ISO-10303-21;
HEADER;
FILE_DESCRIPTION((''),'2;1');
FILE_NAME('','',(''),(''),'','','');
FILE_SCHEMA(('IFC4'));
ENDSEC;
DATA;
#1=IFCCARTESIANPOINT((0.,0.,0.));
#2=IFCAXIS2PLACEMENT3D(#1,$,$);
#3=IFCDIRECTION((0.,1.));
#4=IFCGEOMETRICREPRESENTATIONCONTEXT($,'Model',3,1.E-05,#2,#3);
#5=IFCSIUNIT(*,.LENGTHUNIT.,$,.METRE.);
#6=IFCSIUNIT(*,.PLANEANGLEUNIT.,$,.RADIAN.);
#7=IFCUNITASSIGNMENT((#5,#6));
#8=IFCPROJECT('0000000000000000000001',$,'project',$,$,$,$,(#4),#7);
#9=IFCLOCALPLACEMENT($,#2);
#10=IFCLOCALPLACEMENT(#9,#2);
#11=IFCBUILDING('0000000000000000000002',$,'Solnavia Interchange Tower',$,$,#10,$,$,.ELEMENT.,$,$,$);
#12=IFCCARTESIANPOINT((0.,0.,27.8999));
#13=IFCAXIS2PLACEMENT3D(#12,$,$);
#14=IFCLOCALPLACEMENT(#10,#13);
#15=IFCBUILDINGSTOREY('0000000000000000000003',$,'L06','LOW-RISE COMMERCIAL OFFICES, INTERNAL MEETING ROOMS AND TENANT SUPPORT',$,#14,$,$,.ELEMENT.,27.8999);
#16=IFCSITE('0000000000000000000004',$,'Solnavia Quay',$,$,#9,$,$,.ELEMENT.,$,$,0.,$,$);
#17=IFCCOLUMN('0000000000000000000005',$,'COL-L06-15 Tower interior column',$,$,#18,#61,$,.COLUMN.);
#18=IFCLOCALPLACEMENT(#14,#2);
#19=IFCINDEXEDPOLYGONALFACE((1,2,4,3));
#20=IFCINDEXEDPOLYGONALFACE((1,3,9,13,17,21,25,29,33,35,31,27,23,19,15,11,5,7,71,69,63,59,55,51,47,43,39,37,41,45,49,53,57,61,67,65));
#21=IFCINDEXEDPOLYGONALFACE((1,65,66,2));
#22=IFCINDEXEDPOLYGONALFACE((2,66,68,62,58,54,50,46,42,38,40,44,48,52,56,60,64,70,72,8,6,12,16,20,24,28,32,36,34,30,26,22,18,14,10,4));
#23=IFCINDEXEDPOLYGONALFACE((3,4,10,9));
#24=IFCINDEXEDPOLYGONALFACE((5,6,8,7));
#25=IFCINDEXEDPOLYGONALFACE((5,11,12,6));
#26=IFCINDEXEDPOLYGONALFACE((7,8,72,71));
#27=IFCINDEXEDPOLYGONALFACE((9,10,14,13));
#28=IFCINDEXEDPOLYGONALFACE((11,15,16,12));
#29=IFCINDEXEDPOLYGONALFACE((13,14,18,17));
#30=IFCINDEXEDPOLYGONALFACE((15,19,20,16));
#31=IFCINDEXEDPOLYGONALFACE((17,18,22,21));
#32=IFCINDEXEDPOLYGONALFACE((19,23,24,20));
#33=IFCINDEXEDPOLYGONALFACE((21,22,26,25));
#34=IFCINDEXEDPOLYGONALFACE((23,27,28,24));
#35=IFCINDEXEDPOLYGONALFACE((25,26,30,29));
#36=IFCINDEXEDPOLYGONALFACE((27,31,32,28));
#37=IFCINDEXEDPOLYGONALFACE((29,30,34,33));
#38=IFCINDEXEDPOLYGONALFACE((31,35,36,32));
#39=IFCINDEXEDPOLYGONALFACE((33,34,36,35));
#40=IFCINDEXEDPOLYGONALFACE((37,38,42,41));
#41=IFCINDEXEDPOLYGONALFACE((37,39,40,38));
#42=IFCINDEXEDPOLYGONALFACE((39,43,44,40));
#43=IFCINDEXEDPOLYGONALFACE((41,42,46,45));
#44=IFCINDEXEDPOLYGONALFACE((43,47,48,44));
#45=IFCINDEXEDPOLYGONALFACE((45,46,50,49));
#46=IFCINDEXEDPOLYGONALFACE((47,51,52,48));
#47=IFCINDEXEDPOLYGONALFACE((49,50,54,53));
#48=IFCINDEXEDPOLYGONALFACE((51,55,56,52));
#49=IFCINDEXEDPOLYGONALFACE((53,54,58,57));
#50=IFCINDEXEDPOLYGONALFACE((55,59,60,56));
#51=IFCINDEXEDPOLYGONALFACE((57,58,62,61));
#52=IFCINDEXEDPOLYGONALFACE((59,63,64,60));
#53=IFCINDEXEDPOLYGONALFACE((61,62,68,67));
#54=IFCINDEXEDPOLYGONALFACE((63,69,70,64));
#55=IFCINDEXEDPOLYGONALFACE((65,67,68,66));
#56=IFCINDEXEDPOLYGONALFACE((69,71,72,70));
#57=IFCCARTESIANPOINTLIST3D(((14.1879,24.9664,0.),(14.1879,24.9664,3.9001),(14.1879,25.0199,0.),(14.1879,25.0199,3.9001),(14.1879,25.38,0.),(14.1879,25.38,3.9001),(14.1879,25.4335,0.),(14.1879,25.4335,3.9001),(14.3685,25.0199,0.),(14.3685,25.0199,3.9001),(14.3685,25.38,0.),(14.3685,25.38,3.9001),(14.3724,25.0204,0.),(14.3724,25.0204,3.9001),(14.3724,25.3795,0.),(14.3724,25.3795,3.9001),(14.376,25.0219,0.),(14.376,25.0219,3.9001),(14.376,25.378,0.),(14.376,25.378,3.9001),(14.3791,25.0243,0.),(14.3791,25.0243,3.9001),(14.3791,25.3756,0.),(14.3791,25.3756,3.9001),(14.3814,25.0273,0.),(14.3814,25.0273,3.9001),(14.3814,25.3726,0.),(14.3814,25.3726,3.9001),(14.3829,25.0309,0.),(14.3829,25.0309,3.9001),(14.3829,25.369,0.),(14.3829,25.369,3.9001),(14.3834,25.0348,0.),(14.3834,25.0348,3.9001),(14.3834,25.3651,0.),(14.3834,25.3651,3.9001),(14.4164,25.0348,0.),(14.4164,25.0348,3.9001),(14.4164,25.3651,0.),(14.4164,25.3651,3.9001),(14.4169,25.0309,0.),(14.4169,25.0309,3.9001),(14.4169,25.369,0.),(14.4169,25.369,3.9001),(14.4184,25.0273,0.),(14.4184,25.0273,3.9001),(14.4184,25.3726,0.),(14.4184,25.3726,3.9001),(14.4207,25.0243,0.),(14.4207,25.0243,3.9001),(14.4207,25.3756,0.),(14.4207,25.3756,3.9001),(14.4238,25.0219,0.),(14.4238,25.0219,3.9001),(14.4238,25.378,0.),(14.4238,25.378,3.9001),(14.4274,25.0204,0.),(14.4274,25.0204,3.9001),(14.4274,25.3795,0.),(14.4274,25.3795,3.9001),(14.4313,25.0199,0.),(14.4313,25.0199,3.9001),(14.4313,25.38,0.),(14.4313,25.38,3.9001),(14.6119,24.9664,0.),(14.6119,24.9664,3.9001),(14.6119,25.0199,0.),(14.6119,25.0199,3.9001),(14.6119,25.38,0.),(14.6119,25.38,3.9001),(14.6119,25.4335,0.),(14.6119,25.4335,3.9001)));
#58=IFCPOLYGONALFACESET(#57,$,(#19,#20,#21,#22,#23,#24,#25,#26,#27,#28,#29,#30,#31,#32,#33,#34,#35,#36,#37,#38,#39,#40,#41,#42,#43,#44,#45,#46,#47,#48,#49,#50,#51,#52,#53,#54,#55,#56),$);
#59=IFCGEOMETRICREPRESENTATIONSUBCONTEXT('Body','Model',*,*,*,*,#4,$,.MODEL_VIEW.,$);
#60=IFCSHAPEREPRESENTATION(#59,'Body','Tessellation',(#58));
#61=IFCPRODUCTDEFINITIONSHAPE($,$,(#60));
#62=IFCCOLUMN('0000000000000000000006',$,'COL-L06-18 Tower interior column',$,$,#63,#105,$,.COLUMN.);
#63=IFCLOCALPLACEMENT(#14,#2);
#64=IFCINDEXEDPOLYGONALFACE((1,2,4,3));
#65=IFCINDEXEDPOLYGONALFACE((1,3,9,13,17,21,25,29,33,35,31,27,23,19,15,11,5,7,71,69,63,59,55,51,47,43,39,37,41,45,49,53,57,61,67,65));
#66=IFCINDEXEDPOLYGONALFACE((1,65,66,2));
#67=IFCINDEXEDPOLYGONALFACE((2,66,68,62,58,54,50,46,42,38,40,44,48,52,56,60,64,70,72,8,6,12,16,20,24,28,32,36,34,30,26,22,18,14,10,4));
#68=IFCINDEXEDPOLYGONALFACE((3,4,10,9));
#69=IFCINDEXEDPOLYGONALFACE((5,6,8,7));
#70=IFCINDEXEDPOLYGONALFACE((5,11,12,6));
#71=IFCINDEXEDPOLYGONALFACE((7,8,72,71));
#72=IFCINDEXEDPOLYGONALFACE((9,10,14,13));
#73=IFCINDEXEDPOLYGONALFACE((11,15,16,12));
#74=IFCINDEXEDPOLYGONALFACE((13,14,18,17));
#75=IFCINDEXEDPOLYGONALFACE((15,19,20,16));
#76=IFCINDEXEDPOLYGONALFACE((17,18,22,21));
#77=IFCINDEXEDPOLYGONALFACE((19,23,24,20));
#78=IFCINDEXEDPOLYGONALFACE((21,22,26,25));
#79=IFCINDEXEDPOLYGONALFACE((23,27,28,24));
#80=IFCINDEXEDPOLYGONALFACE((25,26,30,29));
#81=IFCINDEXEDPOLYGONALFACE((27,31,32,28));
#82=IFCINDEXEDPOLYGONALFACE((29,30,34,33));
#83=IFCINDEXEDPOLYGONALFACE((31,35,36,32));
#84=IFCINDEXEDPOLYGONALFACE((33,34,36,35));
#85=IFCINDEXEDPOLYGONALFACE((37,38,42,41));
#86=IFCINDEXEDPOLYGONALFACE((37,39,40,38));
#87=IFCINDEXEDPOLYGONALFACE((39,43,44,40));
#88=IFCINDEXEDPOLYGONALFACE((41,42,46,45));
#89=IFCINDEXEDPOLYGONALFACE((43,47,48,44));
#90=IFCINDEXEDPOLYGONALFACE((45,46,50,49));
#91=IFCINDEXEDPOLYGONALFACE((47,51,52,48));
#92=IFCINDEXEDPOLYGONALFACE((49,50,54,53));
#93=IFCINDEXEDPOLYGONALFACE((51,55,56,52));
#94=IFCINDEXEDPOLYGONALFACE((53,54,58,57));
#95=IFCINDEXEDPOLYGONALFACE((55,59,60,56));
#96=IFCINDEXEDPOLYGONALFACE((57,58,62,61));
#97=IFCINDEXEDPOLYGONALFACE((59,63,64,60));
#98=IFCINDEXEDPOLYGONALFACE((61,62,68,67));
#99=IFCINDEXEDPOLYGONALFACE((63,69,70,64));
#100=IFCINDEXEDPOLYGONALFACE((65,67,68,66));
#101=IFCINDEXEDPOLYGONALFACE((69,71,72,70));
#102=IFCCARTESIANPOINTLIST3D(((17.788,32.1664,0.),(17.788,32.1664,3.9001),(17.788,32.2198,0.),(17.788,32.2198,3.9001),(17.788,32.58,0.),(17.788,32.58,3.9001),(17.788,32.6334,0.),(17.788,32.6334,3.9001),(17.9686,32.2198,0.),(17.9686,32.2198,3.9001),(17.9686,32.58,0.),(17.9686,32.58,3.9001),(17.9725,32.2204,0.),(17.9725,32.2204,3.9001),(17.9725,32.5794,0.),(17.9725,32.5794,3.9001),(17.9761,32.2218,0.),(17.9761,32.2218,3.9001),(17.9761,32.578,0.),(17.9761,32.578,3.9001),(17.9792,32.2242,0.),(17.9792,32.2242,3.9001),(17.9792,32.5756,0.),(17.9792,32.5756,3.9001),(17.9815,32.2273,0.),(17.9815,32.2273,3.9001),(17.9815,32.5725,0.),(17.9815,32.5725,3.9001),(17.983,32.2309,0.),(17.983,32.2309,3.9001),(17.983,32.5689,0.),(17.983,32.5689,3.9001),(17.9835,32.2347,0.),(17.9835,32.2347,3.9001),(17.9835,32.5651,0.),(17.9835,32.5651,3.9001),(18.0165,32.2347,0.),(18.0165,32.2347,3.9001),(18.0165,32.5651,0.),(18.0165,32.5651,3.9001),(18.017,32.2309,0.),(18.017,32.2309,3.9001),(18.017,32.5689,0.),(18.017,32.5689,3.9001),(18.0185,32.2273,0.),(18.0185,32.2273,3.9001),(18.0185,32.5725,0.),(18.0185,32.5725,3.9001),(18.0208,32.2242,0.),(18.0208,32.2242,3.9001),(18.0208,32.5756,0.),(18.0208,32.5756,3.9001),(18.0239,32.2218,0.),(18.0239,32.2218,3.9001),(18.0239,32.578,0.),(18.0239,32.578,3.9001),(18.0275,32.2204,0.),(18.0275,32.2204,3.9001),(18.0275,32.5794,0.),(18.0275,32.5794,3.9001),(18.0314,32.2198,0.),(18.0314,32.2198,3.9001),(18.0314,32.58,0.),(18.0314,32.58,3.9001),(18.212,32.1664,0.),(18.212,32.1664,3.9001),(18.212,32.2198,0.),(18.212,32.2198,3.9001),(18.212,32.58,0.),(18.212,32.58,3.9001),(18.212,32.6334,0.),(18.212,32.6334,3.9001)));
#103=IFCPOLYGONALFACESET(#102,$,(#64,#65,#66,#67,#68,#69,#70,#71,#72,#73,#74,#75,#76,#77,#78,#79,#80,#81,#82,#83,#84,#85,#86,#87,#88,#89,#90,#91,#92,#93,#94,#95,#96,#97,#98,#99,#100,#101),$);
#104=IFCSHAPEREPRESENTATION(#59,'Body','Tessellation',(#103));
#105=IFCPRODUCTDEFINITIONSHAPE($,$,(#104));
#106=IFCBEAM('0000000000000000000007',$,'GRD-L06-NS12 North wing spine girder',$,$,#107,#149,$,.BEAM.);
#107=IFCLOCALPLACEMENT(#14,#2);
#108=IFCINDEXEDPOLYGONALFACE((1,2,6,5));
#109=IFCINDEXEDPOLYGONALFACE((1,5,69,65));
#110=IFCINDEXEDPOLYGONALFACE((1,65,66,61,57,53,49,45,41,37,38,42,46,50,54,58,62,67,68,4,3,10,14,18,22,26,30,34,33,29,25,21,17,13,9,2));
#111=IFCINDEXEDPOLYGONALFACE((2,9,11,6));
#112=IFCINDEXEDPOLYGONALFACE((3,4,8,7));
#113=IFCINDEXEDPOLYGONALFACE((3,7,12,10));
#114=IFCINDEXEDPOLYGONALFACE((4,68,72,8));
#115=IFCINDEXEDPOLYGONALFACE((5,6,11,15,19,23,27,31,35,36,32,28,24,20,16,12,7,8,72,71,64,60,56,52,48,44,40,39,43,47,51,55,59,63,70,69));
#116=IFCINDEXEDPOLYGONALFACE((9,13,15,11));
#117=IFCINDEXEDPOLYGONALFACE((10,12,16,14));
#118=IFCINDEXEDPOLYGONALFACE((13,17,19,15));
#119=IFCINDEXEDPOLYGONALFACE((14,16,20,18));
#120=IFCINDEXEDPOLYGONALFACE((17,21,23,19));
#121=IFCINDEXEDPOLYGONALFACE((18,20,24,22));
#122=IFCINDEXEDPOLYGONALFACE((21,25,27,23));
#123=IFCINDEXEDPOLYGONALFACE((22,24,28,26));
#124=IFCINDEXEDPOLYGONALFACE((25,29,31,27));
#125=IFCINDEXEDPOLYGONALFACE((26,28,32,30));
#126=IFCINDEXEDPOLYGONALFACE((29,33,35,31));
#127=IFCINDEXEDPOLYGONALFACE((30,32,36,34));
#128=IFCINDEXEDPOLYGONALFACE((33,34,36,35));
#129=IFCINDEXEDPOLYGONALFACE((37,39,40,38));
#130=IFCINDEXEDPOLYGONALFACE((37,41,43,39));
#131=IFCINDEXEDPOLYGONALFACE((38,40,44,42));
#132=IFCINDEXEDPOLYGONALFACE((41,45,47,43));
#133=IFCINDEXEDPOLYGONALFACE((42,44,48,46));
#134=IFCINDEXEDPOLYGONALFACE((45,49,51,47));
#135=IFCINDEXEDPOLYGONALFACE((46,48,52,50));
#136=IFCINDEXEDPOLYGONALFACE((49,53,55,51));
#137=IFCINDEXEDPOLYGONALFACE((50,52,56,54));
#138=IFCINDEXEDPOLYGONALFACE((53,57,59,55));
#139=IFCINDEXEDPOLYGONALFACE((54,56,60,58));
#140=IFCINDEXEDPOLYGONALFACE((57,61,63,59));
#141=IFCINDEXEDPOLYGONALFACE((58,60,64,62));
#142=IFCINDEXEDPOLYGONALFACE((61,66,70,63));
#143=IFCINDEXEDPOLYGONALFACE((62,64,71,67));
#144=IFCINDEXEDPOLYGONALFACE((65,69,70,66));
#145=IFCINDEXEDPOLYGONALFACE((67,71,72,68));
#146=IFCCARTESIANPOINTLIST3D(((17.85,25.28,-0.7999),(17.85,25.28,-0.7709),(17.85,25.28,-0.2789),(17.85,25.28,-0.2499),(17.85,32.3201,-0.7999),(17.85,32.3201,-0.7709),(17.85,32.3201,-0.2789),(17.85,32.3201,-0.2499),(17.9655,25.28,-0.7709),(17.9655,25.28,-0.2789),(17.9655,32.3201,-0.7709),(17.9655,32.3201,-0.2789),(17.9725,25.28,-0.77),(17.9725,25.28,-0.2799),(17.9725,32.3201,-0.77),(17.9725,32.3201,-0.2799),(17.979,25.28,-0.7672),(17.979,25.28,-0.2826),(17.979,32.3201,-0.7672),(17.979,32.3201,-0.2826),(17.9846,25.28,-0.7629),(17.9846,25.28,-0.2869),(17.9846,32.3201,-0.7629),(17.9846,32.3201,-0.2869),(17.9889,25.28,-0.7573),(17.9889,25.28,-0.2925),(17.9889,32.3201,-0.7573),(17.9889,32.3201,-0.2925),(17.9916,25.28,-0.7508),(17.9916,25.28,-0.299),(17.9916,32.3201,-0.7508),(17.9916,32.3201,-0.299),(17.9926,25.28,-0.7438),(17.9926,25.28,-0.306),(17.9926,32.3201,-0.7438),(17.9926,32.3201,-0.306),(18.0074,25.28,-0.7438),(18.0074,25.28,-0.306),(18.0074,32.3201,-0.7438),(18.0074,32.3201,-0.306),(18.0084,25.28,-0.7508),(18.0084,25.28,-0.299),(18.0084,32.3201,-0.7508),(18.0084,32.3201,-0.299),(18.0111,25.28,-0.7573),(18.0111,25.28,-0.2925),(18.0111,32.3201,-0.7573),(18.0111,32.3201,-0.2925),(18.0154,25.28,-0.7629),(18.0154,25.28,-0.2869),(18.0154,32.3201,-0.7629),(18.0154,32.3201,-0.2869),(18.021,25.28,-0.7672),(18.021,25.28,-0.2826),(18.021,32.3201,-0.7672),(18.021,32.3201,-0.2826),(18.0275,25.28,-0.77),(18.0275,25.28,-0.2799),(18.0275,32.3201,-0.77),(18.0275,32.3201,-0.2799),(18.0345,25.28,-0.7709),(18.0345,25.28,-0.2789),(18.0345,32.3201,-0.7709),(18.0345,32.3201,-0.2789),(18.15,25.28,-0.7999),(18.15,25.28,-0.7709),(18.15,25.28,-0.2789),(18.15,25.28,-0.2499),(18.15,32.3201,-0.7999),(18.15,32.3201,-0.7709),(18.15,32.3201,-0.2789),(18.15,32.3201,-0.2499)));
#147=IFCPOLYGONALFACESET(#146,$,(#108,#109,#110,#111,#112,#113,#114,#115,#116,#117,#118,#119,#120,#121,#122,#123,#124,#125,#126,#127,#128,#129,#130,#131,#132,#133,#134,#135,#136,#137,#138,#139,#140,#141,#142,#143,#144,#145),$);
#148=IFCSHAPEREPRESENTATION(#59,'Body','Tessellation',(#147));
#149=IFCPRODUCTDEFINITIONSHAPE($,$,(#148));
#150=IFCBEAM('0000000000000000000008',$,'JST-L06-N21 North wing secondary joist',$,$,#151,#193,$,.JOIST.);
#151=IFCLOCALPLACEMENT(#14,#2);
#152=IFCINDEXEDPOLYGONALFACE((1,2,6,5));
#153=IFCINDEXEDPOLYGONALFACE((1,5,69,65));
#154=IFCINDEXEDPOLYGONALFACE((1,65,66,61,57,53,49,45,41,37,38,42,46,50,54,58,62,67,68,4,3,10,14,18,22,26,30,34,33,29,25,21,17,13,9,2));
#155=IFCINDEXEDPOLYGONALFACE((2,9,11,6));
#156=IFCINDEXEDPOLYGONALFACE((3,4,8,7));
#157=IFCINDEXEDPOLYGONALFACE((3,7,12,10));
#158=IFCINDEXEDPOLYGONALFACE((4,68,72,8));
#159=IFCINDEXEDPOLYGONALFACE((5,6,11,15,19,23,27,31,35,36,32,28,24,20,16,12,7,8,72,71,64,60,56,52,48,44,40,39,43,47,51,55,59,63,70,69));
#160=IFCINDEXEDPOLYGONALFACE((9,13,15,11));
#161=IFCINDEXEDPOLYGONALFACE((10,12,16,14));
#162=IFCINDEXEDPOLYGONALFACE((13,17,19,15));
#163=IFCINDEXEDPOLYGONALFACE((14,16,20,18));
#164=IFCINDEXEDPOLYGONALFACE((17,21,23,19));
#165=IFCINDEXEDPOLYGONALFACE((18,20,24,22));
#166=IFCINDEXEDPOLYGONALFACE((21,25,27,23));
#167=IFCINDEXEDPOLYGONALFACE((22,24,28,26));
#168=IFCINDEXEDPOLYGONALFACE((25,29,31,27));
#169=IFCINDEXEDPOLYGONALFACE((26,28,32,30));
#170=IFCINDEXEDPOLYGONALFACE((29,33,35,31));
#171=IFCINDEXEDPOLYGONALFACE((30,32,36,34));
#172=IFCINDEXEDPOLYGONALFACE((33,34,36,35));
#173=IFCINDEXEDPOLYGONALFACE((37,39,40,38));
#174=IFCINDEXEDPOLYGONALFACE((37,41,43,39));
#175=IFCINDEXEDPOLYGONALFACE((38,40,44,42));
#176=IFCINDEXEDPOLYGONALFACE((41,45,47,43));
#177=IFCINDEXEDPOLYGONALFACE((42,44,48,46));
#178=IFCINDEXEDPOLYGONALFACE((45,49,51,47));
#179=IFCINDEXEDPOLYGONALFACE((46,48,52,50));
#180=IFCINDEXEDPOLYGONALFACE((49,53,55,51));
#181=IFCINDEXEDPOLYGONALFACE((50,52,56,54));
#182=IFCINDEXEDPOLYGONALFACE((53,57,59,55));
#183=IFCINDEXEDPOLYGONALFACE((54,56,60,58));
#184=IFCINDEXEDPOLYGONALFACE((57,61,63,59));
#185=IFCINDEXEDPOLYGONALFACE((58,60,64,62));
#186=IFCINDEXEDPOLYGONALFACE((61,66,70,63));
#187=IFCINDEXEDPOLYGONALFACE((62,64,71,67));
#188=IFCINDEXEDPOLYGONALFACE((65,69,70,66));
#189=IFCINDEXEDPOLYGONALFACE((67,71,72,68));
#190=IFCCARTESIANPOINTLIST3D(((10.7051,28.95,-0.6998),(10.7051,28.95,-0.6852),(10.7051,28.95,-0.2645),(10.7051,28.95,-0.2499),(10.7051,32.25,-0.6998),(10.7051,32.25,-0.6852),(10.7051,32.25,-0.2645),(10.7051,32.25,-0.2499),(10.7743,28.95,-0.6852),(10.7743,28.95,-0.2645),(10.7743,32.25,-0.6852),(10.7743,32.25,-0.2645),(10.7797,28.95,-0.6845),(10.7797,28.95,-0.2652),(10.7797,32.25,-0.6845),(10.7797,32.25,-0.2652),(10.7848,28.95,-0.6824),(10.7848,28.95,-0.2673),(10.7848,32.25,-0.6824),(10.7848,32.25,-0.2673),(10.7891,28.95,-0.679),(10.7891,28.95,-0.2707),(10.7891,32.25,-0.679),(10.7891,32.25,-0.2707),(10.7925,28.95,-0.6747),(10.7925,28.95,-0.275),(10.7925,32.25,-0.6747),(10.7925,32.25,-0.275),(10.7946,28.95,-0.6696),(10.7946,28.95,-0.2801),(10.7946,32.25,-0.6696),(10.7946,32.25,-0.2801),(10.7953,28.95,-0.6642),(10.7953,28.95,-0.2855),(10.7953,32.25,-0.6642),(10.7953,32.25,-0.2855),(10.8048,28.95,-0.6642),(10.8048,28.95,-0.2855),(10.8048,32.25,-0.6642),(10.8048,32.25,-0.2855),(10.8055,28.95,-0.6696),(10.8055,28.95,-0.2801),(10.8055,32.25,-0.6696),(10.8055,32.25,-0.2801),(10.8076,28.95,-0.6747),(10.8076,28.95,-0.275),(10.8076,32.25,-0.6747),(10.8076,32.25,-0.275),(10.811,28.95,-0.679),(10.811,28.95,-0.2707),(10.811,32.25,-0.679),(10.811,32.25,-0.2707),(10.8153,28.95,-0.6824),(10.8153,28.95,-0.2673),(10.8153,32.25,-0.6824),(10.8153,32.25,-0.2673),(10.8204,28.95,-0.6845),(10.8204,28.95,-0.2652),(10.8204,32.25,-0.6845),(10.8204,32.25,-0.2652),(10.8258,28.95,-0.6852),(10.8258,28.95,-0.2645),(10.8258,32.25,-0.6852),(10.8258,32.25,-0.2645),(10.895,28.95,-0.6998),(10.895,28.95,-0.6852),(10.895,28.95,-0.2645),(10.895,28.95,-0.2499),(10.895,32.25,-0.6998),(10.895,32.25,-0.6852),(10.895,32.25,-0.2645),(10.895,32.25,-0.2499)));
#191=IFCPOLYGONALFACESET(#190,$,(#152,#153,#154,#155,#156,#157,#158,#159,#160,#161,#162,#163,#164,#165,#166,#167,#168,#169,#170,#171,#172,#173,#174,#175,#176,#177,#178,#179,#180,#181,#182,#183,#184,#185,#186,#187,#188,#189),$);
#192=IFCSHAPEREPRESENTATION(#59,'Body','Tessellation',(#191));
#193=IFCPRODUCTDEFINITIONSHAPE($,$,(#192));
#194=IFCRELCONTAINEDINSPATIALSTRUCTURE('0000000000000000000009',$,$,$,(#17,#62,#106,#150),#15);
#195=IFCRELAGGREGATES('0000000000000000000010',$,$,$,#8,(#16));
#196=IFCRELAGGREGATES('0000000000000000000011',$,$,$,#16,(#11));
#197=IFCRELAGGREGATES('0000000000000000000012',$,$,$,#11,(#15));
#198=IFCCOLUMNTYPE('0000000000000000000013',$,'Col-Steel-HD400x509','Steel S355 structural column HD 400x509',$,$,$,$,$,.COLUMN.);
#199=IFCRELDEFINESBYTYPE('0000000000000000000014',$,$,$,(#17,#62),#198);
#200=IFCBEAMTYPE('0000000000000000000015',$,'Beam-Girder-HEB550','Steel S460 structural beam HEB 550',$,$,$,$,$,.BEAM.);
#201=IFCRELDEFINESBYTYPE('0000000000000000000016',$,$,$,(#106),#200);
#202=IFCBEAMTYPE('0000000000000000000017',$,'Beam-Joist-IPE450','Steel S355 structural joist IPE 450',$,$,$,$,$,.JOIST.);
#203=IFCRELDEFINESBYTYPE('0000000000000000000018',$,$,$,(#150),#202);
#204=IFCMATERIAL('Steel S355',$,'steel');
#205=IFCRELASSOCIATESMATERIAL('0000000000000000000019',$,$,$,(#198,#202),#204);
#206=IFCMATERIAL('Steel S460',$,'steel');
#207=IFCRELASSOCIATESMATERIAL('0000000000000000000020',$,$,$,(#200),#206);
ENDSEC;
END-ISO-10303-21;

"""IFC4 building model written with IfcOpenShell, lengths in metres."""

from ifc_helpers import new_model, si_unit, direction, frame, origin, origin_2d, place, context, subcontext, project, spatial, i_section, extrude, material, material_profile, profile_set, type_object, element, save


model = new_model("IFC4")

# Units and contexts
model_context = context("Model", 3, precision=1e-05, world=origin(), true_north=direction((0.0, 1.0)))
body_context = subcontext(model_context, "Body", "Model", "MODEL_VIEW")
ifc_project = project(units=[si_unit("LENGTHUNIT", "METRE"), si_unit("PLANEANGLEUNIT", "RADIAN")], contexts=[model_context])

# Site, building, storey
site_placement = place(None, origin())
site = spatial("IfcSite", under=ifc_project, at=site_placement, Name="Solnavia Quay", CompositionType="ELEMENT", RefElevation=0.0)
building_placement = place(site_placement, origin())
building = spatial("IfcBuilding", under=site, at=building_placement, Name="Solnavia Interchange Tower", CompositionType="ELEMENT")
storey_placement = place(building_placement, frame((0.0, 0.0, 27.8999)))
storey = spatial("IfcBuildingStorey", under=building, at=storey_placement, Name="L06", Description="LOW-RISE COMMERCIAL OFFICES, INTERNAL MEETING ROOMS AND TENANT SUPPORT", CompositionType="ELEMENT", Elevation=27.8999)

# Columns
ifc_material_1 = material(Name="Steel S355", Category="steel")
ifc_material_profile_1 = material_profile(ifc_material_1, i_section(OverallWidth=0.4241, OverallDepth=0.467, WebThickness=0.033, FlangeThickness=0.0535, FilletRadius=0.0149, at=origin_2d()), Name="HD 400x509")
ifc_profile_set_1 = profile_set([ifc_material_profile_1], Name="Steel S355")
column_type = type_object("IfcColumnType", Name="Col-Steel-HD400x509", Description="Steel S355 structural column HD 400x509", PredefinedType="COLUMN", material=ifc_profile_set_1)
for number, where, z_axis, x_axis, name in (
    (1, (14.3999, 25.2, 0.0), (0.0, 0.0, 1.0), (1.0, 0.0, 0.0), "COL-L06-15 Tower interior column"),
    (2, (18.0, 32.3999, 0.0), (0.0, 0.0, 1.0), (1.0, 0.0, 0.0), "COL-L06-18 Tower interior column"),
):
    element("IfcColumn", number, at=place(storey_placement, frame(where, z_axis=z_axis, x_axis=x_axis)), inside=storey, type_object=column_type, Name=name, PredefinedType="COLUMN", context=body_context, shape_type="SweptSolid", body=[
        extrude(i_section(OverallWidth=0.4241, OverallDepth=0.467, WebThickness=0.033, FlangeThickness=0.0535, FilletRadius=0.0149, at=origin_2d()), origin(), (0.0, 0.0, 1.0), 3.9001),
    ])

# Beams
ifc_material_2 = material(Name="Steel S460", Category="steel")
ifc_material_profile_2 = material_profile(ifc_material_2, i_section(OverallWidth=0.3, OverallDepth=0.55, WebThickness=0.0149, FlangeThickness=0.0291, FilletRadius=0.0271, at=origin_2d()), Name="HEB 550")
ifc_profile_set_2 = profile_set([ifc_material_profile_2], Name="Steel S460")
beam_type_1 = type_object("IfcBeamType", Name="Beam-Girder-HEB550", Description="Steel S460 structural beam HEB 550", PredefinedType="BEAM", material=ifc_profile_set_2)
beam_1_placement = place(storey_placement, frame((18.0, 25.28, -0.5249), z_axis=(0.0, 1.0, 0.0), x_axis=(-1.0, 0.0, 0.0)))
element("IfcBeam", 3, at=beam_1_placement, inside=storey, type_object=beam_type_1, Name="GRD-L06-NS12 North wing spine girder", PredefinedType="BEAM", context=body_context, shape_type="SweptSolid", body=[
    extrude(i_section(OverallWidth=0.3, OverallDepth=0.55, WebThickness=0.0149, FlangeThickness=0.0291, FilletRadius=0.0271, at=origin_2d()), origin(), (0.0, 0.0, 1.0), 7.04),
])
ifc_material_profile_3 = material_profile(ifc_material_1, i_section(OverallWidth=0.1899, OverallDepth=0.45, WebThickness=0.0095, FlangeThickness=0.0146, FilletRadius=0.021, at=origin_2d()), Name="IPE 450")
ifc_profile_set_3 = profile_set([ifc_material_profile_3], Name="Steel S355")
beam_type_2 = type_object("IfcBeamType", Name="Beam-Joist-IPE450", Description="Steel S355 structural joist IPE 450", PredefinedType="JOIST", material=ifc_profile_set_3)
beam_2_placement = place(storey_placement, frame((10.8, 28.95, -0.4749), z_axis=(0.0, 1.0, 0.0), x_axis=(-1.0, 0.0, 0.0)))
element("IfcBeam", 4, at=beam_2_placement, inside=storey, type_object=beam_type_2, Name="JST-L06-N21 North wing secondary joist", PredefinedType="JOIST", context=body_context, shape_type="SweptSolid", body=[
    extrude(i_section(OverallWidth=0.1899, OverallDepth=0.45, WebThickness=0.0095, FlangeThickness=0.0146, FilletRadius=0.021, at=origin_2d()), origin(), (0.0, 0.0, 1.0), 3.3),
])

save(model, "model.ifc")
